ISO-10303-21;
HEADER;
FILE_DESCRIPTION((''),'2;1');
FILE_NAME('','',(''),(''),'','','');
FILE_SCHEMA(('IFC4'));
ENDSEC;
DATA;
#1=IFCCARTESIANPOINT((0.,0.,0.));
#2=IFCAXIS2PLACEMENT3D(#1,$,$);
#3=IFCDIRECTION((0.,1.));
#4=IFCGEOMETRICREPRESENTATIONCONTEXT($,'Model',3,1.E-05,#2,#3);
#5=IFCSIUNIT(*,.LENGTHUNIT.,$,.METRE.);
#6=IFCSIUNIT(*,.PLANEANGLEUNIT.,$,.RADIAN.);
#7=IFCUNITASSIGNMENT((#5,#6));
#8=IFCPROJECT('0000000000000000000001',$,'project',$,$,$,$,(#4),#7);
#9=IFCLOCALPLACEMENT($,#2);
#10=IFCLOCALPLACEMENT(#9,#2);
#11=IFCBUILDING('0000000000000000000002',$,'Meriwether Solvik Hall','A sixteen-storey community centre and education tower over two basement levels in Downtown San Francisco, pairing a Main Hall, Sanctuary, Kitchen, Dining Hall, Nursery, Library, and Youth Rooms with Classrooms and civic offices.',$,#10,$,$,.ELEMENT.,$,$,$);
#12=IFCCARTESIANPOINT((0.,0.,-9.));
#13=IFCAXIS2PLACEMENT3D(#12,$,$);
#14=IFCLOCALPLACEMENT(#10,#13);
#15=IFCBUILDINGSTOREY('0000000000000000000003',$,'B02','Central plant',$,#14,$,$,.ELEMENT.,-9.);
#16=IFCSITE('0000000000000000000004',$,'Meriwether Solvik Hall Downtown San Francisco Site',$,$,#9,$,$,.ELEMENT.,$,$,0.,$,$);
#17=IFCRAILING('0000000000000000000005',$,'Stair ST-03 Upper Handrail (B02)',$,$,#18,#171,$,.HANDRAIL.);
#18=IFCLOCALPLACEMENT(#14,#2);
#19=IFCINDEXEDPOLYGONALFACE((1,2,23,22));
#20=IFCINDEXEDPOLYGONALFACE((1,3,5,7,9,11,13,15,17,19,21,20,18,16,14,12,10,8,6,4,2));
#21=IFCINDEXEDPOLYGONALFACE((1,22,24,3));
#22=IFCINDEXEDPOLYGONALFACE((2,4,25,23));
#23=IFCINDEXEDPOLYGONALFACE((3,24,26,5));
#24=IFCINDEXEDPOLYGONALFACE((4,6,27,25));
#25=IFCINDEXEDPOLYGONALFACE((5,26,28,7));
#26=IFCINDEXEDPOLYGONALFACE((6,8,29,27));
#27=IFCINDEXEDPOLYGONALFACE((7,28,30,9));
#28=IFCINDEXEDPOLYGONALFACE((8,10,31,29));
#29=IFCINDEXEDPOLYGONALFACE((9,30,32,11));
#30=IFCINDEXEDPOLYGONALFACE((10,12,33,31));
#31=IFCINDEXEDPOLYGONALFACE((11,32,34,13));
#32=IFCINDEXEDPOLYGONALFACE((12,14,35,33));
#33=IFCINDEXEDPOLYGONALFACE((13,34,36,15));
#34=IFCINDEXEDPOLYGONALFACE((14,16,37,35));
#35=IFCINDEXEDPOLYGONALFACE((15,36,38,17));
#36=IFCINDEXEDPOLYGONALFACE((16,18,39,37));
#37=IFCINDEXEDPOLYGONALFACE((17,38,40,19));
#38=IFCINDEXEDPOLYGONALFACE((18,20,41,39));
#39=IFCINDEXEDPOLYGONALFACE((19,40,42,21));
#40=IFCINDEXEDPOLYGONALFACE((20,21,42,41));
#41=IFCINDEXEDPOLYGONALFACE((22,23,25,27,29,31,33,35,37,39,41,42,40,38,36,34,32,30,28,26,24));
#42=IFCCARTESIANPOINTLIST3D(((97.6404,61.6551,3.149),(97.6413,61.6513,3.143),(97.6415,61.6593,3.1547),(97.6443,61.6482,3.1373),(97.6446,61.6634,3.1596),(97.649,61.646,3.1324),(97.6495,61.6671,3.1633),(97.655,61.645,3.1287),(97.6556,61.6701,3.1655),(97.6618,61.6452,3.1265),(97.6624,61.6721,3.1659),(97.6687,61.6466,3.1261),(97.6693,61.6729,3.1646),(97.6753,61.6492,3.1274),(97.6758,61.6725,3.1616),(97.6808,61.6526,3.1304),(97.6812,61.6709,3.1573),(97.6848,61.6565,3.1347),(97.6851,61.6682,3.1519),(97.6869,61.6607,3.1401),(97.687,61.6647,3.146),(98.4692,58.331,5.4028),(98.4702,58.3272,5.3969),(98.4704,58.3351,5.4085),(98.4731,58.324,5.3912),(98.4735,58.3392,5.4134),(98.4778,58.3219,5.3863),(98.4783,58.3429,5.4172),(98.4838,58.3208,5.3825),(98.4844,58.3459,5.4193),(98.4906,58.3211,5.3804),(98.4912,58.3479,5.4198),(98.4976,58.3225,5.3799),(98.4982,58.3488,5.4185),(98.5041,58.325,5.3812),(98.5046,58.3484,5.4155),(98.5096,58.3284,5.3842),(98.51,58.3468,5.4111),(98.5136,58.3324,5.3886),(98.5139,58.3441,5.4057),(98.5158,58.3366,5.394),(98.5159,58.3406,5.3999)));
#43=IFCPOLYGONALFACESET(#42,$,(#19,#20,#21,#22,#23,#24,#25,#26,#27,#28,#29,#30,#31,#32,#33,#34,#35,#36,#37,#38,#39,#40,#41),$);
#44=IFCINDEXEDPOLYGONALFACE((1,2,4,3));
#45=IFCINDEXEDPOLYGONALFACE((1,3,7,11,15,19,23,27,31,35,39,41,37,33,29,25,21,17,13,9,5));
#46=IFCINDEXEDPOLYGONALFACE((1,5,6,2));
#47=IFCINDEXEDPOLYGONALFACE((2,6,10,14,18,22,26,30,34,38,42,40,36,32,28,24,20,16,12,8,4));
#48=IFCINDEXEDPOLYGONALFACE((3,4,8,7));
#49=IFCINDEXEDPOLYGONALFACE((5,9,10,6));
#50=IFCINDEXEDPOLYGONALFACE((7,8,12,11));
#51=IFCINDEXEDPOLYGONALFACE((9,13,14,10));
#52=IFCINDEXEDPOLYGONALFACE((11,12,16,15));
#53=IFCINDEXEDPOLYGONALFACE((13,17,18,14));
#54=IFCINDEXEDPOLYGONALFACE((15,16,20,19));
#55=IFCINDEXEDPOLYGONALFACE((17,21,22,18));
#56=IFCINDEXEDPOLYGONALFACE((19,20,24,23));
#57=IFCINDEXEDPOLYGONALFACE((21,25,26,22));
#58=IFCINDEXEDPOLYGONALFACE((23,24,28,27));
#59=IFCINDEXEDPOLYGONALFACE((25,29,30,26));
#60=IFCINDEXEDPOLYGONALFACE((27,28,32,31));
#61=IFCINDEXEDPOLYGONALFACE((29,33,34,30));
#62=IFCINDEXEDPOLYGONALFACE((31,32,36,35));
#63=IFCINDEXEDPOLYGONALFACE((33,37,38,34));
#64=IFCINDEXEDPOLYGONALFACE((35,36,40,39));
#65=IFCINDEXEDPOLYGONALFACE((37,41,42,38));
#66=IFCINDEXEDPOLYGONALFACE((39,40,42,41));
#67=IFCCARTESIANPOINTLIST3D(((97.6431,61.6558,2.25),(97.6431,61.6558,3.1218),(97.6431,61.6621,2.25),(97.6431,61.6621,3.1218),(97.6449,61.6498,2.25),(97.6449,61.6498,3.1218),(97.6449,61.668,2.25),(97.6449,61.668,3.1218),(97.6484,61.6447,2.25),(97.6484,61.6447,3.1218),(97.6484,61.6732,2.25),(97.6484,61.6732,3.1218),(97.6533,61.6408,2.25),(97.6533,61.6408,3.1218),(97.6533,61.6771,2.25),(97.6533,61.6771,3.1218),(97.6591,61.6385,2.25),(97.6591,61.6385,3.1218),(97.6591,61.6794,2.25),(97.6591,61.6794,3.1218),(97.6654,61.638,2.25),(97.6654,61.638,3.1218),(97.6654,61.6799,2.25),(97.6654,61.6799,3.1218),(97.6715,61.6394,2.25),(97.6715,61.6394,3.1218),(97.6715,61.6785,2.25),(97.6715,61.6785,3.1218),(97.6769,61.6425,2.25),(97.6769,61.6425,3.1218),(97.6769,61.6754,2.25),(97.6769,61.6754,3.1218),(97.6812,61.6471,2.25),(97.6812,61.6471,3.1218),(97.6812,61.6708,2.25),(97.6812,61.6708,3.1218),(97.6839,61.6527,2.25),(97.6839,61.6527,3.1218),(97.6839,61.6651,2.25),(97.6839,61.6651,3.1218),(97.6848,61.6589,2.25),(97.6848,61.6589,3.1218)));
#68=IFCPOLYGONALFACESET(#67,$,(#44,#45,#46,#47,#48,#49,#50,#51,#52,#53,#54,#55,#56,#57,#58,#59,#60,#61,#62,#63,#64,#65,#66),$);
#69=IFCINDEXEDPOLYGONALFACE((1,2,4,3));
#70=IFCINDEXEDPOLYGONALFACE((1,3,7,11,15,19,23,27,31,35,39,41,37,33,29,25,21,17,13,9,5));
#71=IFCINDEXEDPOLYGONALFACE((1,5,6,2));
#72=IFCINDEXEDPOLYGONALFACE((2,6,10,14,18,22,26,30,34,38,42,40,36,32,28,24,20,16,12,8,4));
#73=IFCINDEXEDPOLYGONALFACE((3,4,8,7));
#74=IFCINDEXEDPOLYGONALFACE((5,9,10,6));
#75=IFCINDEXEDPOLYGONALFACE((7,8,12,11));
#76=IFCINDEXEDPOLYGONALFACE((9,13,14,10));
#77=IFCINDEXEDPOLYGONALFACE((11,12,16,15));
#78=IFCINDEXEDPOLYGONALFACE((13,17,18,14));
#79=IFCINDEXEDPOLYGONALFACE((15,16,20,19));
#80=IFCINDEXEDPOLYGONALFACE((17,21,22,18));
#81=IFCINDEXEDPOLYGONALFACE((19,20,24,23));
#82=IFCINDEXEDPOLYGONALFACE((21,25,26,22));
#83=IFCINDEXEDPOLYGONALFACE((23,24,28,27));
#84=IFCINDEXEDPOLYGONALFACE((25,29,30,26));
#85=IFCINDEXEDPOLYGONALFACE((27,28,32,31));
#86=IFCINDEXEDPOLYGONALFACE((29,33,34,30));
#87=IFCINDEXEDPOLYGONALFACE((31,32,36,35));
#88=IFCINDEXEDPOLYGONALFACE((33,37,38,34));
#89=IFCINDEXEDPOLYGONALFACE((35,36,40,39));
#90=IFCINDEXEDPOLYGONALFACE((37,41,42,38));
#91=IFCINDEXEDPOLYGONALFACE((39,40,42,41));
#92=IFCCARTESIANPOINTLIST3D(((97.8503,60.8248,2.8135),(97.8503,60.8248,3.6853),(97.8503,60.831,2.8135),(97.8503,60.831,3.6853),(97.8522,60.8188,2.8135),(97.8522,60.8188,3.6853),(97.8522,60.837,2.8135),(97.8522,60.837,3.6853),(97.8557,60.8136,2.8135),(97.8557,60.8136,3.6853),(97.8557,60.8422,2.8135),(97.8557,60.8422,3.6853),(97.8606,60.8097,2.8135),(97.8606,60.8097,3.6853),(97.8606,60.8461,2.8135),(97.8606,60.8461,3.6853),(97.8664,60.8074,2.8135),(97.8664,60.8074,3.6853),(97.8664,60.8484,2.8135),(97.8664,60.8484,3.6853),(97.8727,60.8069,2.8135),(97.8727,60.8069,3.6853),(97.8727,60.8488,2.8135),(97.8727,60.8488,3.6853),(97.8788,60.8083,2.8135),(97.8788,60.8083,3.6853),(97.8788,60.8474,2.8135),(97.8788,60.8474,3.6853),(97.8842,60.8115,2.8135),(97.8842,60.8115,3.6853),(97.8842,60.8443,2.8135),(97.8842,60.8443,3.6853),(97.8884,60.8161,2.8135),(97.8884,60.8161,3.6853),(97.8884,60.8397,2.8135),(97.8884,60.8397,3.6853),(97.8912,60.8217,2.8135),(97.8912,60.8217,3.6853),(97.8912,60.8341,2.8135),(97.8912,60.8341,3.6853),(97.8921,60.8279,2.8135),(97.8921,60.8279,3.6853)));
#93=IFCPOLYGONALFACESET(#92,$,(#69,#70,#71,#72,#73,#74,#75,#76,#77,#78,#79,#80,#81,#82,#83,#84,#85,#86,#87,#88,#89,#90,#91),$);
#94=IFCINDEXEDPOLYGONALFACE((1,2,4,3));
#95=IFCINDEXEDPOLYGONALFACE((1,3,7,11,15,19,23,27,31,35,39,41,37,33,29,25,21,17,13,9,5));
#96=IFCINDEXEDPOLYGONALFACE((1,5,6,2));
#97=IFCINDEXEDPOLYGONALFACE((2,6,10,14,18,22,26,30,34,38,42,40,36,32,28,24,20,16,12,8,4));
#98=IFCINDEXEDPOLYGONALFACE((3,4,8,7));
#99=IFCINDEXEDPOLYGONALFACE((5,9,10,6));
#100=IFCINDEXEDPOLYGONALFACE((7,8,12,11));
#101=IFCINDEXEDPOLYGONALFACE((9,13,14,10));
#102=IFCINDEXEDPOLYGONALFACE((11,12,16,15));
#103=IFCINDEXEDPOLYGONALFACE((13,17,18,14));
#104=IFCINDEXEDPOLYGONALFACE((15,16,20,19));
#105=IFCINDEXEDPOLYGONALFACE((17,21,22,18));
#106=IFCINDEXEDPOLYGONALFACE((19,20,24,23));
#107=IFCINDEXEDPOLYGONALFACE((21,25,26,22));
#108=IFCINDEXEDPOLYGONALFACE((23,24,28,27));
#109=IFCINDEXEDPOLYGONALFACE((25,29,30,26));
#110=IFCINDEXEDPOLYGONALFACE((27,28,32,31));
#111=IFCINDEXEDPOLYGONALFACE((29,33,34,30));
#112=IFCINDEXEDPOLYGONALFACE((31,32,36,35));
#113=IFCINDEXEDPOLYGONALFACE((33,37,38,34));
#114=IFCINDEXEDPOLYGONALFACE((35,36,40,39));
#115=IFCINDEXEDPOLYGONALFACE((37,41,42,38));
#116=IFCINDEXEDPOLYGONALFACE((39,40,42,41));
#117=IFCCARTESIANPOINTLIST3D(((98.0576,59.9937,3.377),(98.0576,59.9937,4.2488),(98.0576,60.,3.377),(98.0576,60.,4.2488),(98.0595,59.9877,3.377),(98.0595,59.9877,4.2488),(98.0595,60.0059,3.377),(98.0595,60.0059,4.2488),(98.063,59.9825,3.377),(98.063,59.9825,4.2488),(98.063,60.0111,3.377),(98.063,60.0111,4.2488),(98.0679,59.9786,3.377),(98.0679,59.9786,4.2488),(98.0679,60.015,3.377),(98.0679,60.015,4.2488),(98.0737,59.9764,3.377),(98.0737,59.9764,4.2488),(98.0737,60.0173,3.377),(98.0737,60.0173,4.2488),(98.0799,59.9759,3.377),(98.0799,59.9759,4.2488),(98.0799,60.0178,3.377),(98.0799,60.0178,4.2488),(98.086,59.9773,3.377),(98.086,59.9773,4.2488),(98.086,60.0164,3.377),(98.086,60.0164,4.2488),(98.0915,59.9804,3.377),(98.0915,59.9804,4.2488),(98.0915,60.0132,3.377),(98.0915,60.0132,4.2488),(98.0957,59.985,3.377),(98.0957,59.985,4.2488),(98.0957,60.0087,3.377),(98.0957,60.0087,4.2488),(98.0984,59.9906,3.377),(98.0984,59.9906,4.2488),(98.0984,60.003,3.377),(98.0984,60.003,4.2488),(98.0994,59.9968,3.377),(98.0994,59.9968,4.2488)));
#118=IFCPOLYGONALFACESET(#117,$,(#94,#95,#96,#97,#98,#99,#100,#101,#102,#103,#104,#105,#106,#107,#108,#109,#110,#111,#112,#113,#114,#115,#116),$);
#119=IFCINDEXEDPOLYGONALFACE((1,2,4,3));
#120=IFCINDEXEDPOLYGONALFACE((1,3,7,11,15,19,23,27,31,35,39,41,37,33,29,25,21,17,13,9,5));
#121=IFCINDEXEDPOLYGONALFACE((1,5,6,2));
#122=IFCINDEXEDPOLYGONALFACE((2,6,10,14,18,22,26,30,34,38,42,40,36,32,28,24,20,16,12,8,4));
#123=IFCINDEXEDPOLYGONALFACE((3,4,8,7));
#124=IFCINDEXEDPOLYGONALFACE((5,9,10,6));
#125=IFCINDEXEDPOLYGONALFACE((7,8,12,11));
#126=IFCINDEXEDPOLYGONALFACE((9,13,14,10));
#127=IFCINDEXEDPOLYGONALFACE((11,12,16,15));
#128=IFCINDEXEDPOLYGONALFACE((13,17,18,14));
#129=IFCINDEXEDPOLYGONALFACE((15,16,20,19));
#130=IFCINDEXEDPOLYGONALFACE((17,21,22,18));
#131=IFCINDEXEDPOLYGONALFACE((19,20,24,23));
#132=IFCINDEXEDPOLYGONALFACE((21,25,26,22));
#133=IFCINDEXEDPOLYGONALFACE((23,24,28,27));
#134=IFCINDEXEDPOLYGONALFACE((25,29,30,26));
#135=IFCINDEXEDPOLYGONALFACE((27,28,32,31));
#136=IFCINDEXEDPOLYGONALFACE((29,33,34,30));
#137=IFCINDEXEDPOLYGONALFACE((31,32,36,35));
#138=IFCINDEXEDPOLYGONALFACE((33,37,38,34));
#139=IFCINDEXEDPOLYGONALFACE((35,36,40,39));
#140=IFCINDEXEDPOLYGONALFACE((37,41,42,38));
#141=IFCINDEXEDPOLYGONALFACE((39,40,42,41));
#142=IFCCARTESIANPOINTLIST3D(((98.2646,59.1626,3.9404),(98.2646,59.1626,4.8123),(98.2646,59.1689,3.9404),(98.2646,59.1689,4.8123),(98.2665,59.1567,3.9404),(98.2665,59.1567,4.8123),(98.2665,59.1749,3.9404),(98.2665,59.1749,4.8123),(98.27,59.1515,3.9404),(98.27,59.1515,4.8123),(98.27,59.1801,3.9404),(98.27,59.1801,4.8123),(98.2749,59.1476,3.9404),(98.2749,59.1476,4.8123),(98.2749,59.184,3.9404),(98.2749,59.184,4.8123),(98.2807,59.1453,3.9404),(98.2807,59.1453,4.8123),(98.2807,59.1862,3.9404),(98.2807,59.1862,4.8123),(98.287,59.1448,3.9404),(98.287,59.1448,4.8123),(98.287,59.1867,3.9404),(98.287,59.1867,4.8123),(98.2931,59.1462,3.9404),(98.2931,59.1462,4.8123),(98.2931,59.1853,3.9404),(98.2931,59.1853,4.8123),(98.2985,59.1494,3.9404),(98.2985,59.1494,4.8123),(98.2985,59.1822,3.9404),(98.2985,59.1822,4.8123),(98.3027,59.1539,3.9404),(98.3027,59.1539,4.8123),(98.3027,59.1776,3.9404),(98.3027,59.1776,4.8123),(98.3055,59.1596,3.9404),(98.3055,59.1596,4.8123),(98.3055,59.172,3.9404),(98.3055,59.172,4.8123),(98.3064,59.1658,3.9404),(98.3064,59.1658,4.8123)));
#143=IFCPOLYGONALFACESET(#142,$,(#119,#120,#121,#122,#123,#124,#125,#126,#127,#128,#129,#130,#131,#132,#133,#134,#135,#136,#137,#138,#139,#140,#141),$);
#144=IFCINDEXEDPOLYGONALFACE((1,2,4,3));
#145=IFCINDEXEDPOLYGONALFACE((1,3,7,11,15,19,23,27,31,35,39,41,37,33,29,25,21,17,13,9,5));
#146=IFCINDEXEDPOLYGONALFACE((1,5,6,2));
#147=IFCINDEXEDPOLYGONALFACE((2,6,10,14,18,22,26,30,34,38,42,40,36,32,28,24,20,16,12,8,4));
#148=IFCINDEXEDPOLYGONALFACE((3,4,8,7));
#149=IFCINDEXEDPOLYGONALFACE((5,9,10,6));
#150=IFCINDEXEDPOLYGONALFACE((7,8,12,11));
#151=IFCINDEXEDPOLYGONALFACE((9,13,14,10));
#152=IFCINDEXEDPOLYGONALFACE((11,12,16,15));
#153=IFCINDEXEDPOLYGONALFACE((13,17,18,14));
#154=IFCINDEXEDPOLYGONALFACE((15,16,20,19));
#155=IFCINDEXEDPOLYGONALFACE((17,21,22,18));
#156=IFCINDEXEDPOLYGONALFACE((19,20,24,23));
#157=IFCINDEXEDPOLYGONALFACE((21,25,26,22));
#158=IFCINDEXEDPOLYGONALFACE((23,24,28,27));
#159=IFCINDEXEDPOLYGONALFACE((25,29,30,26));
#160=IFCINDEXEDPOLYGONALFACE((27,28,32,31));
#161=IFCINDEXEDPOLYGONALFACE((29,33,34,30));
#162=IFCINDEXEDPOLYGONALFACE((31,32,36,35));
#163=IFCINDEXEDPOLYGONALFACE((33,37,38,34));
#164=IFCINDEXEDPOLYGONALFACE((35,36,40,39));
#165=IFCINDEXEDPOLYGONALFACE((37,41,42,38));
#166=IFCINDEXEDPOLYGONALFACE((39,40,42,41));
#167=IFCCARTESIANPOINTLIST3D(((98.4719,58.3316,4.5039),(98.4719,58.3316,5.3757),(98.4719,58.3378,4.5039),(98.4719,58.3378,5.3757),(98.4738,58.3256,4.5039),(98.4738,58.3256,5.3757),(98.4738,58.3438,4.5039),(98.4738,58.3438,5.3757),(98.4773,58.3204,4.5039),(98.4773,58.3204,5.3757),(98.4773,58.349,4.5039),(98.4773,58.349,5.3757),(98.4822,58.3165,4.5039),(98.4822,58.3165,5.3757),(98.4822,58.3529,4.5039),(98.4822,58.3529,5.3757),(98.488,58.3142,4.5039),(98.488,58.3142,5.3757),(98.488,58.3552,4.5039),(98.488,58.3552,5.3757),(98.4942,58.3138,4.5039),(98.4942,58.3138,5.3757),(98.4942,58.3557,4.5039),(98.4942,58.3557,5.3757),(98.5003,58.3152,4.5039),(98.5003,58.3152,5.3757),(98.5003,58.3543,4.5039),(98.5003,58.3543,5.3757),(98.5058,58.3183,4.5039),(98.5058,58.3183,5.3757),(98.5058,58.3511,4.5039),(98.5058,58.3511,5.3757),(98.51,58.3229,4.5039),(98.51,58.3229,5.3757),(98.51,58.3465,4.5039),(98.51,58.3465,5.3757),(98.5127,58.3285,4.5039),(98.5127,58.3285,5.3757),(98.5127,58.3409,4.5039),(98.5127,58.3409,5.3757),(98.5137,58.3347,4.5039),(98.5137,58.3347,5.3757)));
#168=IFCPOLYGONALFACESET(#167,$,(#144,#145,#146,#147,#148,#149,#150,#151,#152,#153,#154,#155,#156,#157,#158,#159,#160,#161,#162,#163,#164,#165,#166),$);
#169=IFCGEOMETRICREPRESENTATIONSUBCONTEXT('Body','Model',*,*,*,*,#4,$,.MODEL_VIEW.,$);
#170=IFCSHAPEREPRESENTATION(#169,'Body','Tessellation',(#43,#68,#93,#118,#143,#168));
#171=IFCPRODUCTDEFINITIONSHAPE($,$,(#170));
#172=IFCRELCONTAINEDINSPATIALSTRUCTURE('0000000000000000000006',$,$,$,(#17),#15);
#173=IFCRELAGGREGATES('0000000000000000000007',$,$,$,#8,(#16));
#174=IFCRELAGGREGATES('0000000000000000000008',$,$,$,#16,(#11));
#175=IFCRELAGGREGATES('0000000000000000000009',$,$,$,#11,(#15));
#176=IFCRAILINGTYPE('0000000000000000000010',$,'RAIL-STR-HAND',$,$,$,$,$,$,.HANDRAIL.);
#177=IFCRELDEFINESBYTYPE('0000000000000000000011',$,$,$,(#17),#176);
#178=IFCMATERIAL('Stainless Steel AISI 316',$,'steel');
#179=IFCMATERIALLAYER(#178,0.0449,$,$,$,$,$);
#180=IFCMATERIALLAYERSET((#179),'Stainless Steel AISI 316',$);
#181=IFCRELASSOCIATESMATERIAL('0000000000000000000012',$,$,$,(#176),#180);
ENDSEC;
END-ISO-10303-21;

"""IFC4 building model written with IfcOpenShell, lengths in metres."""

from ifc_helpers import new_model, si_unit, direction, frame, origin, origin_2d, place, context, subcontext, project, spatial, circle, extrude, material, layer, layer_set, type_object, element, save


model = new_model("IFC4")

# Units and contexts
model_context = context("Model", 3, precision=1e-05, world=origin(), true_north=direction((0.0, 1.0)))
body_context = subcontext(model_context, "Body", "Model", "MODEL_VIEW")
ifc_project = project(units=[si_unit("LENGTHUNIT", "METRE"), si_unit("PLANEANGLEUNIT", "RADIAN")], contexts=[model_context])

# Site, building, storey
site_placement = place(None, origin())
site = spatial("IfcSite", under=ifc_project, at=site_placement, Name="Meriwether Solvik Hall Downtown San Francisco Site", CompositionType="ELEMENT", RefElevation=0.0)
building_placement = place(site_placement, origin())
building = spatial("IfcBuilding", under=site, at=building_placement, Name="Meriwether Solvik Hall", Description="A sixteen-storey community centre and education tower over two basement levels in Downtown San Francisco, pairing a Main Hall, Sanctuary, Kitchen, Dining Hall, Nursery, Library, and Youth Rooms with Classrooms and civic offices.", CompositionType="ELEMENT")
storey_placement = place(building_placement, frame((0.0, 0.0, -9.0)))
storey = spatial("IfcBuildingStorey", under=building, at=storey_placement, Name="B02", Description="Central plant", CompositionType="ELEMENT", Elevation=-9.0)

# Railing
ifc_material_1 = material(Name="Stainless Steel AISI 316", Category="steel")
ifc_layer_1 = layer(ifc_material_1, 0.0449)
ifc_layer_set_1 = layer_set([ifc_layer_1], Name="Stainless Steel AISI 316")
railing_type = type_object("IfcRailingType", Name="RAIL-STR-HAND", PredefinedType="HANDRAIL", material=ifc_layer_set_1)
railing_placement = place(storey_placement, frame((97.6638, 61.6589, 2.25)))
element("IfcRailing", 1, at=railing_placement, inside=storey, type_object=railing_type, Name="Stair ST-03 Upper Handrail (B02)", PredefinedType="HANDRAIL", context=body_context, shape_type="SweptSolid", body=[
    extrude(circle(Radius=0.0239, at=origin_2d()), frame((0.0, 0.0, 0.896), z_axis=(0.202115, -0.810604, 0.54961), x_axis=(0.970293, 0.241932, 0.0)), (0.0, 0.0, 1.0), 4.1008),
    extrude(circle(Radius=0.021, at=origin_2d()), origin(), (0.0, 0.0, 1.0), 0.8718),
    extrude(circle(Radius=0.021, at=origin_2d()), frame((0.2073, -0.8311, 0.5635)), (0.0, 0.0, 1.0), 0.8718),
    extrude(circle(Radius=0.021, at=origin_2d()), frame((0.4146, -1.6621, 1.127)), (0.0, 0.0, 1.0), 0.8718),
    extrude(circle(Radius=0.021, at=origin_2d()), frame((0.6216, -2.4932, 1.6904)), (0.0, 0.0, 1.0), 0.8718),
    extrude(circle(Radius=0.021, at=origin_2d()), frame((0.8289, -3.3242, 2.2539)), (0.0, 0.0, 1.0), 0.8718),
])

save(model, "model.ifc")
